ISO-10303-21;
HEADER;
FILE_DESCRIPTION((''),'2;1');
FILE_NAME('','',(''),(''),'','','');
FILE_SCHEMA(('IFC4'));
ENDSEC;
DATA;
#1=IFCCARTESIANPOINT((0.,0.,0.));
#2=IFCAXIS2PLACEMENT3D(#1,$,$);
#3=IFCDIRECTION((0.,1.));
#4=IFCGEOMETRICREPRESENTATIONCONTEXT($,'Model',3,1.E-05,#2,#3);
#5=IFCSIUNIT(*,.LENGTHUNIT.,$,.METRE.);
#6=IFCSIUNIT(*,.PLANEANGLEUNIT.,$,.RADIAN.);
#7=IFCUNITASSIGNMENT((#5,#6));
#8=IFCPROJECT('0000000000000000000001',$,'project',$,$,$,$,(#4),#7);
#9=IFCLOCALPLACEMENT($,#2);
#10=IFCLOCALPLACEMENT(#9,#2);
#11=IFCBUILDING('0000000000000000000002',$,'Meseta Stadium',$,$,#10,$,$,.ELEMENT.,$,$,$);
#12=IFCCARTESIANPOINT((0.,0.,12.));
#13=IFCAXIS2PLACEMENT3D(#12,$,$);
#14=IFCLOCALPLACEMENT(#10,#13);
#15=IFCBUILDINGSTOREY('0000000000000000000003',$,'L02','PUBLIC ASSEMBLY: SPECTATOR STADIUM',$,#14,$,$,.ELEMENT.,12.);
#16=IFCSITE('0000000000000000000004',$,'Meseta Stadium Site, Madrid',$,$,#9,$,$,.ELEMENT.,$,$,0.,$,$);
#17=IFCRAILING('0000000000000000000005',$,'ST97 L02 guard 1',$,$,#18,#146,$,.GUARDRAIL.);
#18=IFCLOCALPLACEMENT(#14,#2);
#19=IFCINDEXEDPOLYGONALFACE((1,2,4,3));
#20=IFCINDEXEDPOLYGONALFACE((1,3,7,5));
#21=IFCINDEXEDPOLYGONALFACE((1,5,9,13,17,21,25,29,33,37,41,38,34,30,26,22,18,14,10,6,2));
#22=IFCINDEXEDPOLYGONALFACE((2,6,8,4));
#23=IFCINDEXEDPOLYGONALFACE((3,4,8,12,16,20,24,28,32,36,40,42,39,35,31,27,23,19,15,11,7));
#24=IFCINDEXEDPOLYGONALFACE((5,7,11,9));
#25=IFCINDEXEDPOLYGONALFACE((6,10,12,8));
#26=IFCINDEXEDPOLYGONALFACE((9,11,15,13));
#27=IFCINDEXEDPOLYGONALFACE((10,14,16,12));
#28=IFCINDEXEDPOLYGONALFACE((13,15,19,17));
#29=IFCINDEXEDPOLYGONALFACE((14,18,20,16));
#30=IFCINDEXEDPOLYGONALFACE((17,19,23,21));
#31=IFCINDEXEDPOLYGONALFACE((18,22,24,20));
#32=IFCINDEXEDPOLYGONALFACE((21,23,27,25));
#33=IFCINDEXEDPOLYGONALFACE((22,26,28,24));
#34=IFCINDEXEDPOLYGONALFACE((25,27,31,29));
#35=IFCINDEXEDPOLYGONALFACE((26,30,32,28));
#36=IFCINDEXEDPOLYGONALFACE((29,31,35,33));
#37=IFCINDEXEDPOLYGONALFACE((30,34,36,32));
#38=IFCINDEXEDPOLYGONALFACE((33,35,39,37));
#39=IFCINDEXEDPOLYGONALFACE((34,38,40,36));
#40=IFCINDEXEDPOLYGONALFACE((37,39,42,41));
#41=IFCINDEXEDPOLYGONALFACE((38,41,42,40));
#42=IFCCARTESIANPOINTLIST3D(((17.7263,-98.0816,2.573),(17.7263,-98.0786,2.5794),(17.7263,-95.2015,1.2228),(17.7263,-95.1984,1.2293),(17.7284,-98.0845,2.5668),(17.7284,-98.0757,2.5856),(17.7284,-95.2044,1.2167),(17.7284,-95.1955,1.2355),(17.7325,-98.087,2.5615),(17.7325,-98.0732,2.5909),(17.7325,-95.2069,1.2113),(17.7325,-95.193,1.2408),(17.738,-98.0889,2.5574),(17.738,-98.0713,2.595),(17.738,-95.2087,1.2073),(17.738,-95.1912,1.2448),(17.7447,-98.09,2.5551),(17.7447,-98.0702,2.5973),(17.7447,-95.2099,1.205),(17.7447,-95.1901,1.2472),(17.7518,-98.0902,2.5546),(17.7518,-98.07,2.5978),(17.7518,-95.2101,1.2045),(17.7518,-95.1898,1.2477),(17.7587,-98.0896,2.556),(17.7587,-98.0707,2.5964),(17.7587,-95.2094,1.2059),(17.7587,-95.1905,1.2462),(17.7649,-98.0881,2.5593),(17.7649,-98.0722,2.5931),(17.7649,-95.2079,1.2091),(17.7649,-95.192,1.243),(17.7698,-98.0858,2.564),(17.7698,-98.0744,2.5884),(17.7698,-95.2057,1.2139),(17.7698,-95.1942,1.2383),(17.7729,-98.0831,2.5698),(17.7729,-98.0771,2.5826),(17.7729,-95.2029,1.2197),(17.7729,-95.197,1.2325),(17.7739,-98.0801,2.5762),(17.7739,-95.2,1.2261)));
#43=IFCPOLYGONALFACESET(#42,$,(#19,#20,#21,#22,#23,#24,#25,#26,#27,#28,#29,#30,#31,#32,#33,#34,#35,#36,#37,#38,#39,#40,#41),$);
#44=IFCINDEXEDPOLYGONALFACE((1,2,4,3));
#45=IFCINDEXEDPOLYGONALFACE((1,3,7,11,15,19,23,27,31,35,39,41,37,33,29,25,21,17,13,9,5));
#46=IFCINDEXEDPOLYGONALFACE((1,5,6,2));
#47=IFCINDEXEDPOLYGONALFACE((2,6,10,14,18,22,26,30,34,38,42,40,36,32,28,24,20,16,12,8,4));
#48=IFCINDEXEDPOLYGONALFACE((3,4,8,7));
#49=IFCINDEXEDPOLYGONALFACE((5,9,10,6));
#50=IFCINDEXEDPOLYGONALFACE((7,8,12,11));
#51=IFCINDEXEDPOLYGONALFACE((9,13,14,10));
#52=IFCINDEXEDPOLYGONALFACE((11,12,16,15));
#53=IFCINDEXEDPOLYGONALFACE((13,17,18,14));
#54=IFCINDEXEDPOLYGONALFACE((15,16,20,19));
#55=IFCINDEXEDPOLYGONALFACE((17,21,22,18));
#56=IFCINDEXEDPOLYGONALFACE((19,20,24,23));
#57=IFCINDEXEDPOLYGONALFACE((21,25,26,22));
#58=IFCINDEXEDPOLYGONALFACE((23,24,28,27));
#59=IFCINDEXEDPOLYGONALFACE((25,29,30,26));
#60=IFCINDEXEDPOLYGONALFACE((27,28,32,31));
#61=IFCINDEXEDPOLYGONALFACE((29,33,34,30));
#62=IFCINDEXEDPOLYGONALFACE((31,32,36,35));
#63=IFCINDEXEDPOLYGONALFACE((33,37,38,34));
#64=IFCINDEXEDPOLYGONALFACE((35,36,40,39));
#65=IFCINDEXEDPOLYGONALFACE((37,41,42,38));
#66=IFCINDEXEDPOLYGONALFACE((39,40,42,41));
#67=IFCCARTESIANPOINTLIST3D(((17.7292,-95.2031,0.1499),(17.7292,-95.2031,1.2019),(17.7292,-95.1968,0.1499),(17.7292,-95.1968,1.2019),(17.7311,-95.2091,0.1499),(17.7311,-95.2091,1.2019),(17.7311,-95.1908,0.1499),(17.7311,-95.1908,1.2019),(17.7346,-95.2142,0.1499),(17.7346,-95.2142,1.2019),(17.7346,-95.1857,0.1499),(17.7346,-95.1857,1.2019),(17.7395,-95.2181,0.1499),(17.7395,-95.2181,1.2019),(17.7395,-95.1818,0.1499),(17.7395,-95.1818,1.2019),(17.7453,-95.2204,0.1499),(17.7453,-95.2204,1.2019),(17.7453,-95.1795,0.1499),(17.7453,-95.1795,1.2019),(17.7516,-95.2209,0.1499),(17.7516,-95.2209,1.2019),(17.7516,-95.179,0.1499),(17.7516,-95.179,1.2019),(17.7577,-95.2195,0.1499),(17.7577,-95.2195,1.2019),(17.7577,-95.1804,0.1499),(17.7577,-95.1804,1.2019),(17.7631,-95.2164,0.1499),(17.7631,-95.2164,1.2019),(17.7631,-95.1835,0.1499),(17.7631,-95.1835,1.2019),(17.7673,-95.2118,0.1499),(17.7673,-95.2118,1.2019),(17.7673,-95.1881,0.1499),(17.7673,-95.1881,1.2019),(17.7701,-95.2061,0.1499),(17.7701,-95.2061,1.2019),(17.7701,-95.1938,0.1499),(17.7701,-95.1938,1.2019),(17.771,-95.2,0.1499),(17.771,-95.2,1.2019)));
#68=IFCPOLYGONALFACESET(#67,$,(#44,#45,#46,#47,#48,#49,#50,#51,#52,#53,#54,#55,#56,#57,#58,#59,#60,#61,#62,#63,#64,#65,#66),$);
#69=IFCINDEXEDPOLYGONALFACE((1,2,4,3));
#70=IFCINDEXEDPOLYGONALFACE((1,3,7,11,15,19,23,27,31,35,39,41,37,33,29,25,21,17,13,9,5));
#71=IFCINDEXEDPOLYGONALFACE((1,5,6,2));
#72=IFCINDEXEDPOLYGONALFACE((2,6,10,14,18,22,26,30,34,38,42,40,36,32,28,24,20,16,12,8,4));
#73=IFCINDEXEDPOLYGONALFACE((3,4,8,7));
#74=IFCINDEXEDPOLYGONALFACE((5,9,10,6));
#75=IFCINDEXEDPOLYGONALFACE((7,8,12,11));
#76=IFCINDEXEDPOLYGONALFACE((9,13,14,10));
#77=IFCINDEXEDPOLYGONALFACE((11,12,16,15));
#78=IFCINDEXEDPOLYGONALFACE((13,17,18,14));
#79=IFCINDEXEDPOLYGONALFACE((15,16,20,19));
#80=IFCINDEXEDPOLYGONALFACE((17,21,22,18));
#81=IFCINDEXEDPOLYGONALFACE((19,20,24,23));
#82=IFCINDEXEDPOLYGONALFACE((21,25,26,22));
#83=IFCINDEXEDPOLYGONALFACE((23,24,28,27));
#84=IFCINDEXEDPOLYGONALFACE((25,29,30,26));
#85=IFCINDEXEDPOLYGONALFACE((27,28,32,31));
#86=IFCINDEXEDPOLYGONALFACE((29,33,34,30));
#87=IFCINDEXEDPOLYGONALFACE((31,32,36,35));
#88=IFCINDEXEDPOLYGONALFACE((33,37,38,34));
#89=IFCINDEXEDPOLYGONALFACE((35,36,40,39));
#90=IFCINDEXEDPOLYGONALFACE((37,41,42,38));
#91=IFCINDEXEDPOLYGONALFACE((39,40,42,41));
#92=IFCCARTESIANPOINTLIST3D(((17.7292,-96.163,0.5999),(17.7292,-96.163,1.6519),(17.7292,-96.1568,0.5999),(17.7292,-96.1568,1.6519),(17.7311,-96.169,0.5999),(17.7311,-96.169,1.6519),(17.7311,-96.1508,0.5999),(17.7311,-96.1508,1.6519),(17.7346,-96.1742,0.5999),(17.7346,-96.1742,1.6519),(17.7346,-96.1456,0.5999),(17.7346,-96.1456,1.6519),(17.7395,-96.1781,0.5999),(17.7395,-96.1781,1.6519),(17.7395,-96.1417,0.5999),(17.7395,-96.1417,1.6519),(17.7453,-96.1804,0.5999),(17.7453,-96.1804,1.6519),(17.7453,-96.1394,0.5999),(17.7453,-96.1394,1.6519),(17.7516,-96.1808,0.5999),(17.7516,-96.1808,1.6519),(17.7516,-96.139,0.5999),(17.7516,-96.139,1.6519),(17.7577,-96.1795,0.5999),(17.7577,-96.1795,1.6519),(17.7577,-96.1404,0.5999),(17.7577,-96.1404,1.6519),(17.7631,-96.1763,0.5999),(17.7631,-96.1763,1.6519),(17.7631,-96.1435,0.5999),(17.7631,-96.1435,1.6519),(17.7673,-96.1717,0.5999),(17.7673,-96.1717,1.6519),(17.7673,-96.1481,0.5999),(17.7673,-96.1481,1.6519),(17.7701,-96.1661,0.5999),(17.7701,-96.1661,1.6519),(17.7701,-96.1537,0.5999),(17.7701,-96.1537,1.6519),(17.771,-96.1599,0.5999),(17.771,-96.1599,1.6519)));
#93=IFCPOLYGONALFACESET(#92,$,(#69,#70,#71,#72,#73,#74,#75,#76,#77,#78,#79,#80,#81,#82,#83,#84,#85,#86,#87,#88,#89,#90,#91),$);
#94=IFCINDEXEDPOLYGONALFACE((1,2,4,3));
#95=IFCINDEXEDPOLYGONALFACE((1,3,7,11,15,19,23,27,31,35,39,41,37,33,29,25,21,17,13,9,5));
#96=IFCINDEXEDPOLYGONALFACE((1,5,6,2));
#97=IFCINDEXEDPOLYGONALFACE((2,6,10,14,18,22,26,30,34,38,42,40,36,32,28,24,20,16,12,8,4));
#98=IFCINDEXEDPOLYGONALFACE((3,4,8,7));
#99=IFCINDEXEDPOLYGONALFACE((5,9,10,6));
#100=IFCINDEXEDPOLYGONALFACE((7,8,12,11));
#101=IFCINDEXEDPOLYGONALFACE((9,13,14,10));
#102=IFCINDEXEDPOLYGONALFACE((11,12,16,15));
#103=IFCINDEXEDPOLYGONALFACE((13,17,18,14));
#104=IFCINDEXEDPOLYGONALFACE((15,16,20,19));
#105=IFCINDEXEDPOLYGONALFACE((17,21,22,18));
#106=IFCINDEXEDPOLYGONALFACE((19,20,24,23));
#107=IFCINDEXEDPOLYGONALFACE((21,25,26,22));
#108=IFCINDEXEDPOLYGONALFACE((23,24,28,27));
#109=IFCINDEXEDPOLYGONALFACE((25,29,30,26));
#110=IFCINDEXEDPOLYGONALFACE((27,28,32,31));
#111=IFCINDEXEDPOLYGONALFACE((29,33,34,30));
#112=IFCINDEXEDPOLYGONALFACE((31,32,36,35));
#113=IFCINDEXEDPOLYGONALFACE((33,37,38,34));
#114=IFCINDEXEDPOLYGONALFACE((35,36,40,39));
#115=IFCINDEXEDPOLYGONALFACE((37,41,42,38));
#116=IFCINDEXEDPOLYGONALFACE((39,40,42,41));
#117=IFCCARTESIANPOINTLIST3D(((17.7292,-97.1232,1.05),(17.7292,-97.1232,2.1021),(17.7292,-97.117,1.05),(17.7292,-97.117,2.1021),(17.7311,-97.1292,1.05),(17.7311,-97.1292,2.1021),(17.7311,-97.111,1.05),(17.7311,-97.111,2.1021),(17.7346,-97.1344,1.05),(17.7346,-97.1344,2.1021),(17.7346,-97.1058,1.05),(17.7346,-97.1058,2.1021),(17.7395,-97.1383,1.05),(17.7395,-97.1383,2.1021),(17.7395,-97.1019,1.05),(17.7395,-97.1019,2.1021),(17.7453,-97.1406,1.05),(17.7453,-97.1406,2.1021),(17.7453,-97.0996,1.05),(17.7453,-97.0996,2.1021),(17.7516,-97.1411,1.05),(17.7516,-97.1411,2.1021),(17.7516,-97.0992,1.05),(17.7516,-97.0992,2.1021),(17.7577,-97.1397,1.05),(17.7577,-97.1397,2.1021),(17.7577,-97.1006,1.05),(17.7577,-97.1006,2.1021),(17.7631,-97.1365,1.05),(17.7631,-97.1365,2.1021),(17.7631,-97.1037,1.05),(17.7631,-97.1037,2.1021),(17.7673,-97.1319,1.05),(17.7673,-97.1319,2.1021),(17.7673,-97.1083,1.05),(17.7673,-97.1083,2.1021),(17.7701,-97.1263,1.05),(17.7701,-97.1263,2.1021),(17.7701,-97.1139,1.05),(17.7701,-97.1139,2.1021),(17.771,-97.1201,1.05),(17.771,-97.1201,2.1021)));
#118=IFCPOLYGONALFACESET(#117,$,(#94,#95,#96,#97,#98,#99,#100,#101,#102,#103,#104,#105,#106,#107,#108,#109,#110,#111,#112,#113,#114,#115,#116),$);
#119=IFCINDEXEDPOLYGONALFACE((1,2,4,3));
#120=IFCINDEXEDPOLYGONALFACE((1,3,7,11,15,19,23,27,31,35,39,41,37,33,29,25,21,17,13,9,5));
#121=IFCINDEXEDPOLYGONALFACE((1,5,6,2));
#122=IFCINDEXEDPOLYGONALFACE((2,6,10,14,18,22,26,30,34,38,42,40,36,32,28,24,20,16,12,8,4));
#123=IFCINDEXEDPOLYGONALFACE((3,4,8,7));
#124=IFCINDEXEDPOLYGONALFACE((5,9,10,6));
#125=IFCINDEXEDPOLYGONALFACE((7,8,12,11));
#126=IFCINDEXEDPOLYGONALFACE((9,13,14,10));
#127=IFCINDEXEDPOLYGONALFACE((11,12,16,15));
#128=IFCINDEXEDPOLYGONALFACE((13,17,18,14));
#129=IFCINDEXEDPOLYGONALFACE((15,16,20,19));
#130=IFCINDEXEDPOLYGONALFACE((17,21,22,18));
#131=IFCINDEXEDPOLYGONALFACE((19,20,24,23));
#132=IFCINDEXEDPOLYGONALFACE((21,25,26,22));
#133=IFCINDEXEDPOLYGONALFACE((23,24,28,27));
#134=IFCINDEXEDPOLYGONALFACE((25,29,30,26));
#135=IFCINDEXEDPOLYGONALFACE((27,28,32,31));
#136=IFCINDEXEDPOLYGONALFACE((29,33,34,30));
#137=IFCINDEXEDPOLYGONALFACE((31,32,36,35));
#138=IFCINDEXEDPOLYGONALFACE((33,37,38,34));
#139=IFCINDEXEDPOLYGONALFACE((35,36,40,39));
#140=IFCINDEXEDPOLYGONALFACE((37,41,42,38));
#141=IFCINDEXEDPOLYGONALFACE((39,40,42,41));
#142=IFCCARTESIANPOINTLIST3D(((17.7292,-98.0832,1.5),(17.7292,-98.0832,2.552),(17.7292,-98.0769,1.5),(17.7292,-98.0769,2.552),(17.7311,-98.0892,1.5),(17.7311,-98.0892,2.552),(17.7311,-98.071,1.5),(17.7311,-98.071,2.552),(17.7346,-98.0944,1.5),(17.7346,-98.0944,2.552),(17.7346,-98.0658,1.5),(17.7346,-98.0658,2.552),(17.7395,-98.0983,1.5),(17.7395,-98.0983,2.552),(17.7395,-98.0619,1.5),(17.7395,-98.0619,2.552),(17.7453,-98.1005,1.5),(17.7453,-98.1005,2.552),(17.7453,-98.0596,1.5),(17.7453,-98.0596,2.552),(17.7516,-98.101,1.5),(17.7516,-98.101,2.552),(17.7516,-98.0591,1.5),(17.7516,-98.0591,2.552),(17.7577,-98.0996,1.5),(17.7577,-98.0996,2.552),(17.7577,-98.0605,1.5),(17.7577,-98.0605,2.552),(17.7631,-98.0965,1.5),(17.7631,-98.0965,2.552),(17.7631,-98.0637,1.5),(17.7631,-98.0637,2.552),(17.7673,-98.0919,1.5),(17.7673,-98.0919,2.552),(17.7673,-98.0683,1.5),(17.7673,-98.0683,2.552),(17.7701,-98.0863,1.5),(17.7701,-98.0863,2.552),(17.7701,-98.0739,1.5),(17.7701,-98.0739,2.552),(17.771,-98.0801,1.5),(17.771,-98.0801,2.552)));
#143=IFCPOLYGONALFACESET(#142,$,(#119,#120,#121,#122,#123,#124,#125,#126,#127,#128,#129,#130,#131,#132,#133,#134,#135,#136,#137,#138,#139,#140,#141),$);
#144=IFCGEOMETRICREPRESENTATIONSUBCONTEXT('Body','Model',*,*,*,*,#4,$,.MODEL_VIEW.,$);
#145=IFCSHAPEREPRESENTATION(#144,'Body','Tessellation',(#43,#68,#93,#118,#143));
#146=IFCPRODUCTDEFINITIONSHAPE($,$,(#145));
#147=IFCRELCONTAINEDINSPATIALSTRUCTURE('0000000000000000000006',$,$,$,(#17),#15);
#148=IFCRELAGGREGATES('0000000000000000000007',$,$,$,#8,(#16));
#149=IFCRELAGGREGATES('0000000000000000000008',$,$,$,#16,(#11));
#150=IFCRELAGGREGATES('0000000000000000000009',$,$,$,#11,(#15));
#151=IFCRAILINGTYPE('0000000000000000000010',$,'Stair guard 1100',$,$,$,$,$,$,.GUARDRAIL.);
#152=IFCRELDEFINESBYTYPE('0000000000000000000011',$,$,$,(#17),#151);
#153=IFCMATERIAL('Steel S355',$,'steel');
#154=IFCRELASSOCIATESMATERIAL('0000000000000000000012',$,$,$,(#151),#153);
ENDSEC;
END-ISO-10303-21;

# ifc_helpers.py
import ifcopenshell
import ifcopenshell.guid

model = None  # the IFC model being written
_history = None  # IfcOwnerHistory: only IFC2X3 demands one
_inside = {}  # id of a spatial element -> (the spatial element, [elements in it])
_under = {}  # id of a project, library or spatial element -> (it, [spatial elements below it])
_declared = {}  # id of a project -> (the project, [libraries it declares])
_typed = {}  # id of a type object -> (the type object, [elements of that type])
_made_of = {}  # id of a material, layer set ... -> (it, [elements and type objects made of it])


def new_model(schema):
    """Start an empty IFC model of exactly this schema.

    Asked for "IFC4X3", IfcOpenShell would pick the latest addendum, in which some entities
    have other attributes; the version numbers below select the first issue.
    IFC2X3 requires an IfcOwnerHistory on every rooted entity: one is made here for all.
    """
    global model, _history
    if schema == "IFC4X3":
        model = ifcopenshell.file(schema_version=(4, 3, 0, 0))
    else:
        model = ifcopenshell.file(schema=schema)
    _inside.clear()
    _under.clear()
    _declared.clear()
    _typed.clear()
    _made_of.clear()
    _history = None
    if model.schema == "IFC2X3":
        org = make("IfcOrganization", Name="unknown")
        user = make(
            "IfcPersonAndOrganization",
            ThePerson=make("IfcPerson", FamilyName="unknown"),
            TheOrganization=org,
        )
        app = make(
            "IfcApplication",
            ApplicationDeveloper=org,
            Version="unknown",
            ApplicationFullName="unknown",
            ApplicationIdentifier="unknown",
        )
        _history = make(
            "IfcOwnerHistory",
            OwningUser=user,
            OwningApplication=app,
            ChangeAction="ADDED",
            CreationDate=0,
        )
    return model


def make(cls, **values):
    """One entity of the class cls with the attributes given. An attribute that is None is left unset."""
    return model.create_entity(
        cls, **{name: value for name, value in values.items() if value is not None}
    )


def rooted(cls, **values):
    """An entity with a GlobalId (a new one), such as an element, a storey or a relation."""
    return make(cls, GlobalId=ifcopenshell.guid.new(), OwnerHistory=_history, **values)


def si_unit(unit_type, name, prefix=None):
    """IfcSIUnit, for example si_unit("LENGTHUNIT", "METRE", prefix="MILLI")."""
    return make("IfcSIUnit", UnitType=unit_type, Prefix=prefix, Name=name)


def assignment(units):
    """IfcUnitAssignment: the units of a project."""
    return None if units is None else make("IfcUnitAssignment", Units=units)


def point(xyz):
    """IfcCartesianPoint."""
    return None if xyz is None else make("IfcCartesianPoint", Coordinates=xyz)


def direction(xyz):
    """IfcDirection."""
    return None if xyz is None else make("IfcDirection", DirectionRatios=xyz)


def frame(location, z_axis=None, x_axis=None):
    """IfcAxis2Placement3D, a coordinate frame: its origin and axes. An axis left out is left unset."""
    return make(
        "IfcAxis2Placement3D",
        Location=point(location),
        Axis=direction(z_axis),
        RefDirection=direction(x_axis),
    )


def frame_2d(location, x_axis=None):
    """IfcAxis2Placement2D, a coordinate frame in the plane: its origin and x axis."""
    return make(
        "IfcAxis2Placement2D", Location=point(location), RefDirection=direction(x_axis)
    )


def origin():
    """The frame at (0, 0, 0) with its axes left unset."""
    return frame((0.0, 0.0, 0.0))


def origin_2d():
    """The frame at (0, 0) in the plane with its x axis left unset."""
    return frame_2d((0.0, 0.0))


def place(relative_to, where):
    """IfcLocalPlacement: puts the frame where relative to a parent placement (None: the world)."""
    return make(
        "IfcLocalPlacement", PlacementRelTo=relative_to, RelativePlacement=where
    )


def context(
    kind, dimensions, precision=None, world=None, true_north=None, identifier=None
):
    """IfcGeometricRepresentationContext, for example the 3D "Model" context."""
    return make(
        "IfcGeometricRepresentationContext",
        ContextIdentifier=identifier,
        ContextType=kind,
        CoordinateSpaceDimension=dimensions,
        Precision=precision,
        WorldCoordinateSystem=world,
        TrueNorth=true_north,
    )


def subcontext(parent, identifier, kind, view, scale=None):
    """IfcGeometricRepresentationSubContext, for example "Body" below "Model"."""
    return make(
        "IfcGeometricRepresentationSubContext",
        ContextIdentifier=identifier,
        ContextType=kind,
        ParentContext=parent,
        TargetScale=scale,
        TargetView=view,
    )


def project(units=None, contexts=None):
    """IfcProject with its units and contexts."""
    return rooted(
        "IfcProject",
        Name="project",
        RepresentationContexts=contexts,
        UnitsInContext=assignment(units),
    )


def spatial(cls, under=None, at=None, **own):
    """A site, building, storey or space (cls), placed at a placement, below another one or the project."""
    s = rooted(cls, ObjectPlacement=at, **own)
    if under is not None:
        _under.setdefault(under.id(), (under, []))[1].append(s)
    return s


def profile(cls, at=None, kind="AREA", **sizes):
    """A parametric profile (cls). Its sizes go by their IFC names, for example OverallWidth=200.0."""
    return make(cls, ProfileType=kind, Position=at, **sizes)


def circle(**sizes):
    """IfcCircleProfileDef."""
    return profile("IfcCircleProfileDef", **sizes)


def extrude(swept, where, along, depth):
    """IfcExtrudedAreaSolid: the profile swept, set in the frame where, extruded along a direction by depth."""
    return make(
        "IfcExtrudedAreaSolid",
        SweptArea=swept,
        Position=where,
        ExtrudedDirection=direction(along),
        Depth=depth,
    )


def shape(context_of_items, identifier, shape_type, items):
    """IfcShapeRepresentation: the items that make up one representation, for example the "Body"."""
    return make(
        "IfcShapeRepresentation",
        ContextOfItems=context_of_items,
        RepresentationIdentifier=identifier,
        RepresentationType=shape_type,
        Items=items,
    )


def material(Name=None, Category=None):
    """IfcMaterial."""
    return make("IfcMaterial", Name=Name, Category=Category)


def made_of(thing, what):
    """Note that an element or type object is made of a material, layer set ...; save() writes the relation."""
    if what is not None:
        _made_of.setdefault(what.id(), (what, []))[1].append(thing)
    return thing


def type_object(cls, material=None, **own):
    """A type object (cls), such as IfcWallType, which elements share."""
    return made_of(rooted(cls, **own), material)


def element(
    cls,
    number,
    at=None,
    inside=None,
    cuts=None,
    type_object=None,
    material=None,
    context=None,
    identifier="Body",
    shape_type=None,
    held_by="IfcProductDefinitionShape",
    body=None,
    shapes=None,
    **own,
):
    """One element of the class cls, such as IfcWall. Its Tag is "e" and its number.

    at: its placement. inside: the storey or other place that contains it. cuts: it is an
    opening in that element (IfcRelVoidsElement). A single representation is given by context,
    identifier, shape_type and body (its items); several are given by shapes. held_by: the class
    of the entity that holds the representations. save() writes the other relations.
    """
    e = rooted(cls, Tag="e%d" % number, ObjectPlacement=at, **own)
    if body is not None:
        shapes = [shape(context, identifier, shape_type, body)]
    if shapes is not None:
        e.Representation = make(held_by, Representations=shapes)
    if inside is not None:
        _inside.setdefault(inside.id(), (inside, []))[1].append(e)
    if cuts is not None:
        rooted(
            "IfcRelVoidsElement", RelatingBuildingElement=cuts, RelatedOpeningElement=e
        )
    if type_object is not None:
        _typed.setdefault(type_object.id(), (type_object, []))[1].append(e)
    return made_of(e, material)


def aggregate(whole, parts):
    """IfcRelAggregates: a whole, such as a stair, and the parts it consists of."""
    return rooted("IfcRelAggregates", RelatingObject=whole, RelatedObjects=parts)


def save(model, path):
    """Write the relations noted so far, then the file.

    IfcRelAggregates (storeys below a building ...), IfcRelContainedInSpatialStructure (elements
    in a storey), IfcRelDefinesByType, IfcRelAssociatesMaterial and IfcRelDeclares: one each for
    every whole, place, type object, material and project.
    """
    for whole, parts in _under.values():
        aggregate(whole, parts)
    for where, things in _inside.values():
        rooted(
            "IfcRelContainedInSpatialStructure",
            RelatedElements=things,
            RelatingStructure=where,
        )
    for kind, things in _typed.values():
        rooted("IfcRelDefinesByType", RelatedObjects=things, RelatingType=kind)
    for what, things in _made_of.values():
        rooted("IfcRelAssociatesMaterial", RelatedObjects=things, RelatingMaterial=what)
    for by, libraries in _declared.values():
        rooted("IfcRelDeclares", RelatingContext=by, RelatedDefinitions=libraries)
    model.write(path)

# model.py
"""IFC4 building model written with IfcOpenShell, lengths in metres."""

from ifc_helpers import new_model, si_unit, direction, frame, origin, origin_2d, place, context, subcontext, project, spatial, circle, extrude, material, type_object, element, save


model = new_model("IFC4")

# Units and contexts
model_context = context("Model", 3, precision=1e-05, world=origin(), true_north=direction((0.0, 1.0)))
body_context = subcontext(model_context, "Body", "Model", "MODEL_VIEW")
ifc_project = project(units=[si_unit("LENGTHUNIT", "METRE"), si_unit("PLANEANGLEUNIT", "RADIAN")], contexts=[model_context])

# Site, building, storey
site_placement = place(None, origin())
site = spatial("IfcSite", under=ifc_project, at=site_placement, Name="Meseta Stadium Site, Madrid", CompositionType="ELEMENT", RefElevation=0.0)
building_placement = place(site_placement, origin())
building = spatial("IfcBuilding", under=site, at=building_placement, Name="Meseta Stadium", CompositionType="ELEMENT")
storey_placement = place(building_placement, frame((0.0, 0.0, 12.0)))
storey = spatial("IfcBuildingStorey", under=building, at=storey_placement, Name="L02", Description="PUBLIC ASSEMBLY: SPECTATOR STADIUM", CompositionType="ELEMENT", Elevation=12.0)

# Railing
ifc_material_1 = material(Name="Steel S355", Category="steel")
railing_type_1 = type_object("IfcRailingType", Name="Stair guard 1100", PredefinedType="GUARDRAIL", material=ifc_material_1)
railing_1_placement = place(storey_placement, frame((17.75, -95.2, 0.1499)))
element("IfcRailing", 1, at=railing_1_placement, inside=storey, type_object=railing_type_1, Name="ST97 L02 guard 1", PredefinedType="GUARDRAIL", context=body_context, shape_type="SweptSolid", body=[
    extrude(circle(Radius=0.0239, at=origin_2d()), frame((0.0, 0.0, 1.0762), z_axis=(0.0, -0.905454, 0.424444), x_axis=(1.0, 0.0, 0.0)), (0.0, 0.0, 1.0), 3.1809),
    extrude(circle(Radius=0.021, at=origin_2d()), origin(), (0.0, 0.0, 1.0), 1.052),
    extrude(circle(Radius=0.021, at=origin_2d()), frame((0.0, -0.96, 0.45)), (0.0, 0.0, 1.0), 1.052),
    extrude(circle(Radius=0.021, at=origin_2d()), frame((0.0, -1.9202, 0.9001)), (0.0, 0.0, 1.0), 1.052),
    extrude(circle(Radius=0.021, at=origin_2d()), frame((0.0, -2.8801, 1.3501)), (0.0, 0.0, 1.0), 1.052),
])

save(model, "model.ifc")
